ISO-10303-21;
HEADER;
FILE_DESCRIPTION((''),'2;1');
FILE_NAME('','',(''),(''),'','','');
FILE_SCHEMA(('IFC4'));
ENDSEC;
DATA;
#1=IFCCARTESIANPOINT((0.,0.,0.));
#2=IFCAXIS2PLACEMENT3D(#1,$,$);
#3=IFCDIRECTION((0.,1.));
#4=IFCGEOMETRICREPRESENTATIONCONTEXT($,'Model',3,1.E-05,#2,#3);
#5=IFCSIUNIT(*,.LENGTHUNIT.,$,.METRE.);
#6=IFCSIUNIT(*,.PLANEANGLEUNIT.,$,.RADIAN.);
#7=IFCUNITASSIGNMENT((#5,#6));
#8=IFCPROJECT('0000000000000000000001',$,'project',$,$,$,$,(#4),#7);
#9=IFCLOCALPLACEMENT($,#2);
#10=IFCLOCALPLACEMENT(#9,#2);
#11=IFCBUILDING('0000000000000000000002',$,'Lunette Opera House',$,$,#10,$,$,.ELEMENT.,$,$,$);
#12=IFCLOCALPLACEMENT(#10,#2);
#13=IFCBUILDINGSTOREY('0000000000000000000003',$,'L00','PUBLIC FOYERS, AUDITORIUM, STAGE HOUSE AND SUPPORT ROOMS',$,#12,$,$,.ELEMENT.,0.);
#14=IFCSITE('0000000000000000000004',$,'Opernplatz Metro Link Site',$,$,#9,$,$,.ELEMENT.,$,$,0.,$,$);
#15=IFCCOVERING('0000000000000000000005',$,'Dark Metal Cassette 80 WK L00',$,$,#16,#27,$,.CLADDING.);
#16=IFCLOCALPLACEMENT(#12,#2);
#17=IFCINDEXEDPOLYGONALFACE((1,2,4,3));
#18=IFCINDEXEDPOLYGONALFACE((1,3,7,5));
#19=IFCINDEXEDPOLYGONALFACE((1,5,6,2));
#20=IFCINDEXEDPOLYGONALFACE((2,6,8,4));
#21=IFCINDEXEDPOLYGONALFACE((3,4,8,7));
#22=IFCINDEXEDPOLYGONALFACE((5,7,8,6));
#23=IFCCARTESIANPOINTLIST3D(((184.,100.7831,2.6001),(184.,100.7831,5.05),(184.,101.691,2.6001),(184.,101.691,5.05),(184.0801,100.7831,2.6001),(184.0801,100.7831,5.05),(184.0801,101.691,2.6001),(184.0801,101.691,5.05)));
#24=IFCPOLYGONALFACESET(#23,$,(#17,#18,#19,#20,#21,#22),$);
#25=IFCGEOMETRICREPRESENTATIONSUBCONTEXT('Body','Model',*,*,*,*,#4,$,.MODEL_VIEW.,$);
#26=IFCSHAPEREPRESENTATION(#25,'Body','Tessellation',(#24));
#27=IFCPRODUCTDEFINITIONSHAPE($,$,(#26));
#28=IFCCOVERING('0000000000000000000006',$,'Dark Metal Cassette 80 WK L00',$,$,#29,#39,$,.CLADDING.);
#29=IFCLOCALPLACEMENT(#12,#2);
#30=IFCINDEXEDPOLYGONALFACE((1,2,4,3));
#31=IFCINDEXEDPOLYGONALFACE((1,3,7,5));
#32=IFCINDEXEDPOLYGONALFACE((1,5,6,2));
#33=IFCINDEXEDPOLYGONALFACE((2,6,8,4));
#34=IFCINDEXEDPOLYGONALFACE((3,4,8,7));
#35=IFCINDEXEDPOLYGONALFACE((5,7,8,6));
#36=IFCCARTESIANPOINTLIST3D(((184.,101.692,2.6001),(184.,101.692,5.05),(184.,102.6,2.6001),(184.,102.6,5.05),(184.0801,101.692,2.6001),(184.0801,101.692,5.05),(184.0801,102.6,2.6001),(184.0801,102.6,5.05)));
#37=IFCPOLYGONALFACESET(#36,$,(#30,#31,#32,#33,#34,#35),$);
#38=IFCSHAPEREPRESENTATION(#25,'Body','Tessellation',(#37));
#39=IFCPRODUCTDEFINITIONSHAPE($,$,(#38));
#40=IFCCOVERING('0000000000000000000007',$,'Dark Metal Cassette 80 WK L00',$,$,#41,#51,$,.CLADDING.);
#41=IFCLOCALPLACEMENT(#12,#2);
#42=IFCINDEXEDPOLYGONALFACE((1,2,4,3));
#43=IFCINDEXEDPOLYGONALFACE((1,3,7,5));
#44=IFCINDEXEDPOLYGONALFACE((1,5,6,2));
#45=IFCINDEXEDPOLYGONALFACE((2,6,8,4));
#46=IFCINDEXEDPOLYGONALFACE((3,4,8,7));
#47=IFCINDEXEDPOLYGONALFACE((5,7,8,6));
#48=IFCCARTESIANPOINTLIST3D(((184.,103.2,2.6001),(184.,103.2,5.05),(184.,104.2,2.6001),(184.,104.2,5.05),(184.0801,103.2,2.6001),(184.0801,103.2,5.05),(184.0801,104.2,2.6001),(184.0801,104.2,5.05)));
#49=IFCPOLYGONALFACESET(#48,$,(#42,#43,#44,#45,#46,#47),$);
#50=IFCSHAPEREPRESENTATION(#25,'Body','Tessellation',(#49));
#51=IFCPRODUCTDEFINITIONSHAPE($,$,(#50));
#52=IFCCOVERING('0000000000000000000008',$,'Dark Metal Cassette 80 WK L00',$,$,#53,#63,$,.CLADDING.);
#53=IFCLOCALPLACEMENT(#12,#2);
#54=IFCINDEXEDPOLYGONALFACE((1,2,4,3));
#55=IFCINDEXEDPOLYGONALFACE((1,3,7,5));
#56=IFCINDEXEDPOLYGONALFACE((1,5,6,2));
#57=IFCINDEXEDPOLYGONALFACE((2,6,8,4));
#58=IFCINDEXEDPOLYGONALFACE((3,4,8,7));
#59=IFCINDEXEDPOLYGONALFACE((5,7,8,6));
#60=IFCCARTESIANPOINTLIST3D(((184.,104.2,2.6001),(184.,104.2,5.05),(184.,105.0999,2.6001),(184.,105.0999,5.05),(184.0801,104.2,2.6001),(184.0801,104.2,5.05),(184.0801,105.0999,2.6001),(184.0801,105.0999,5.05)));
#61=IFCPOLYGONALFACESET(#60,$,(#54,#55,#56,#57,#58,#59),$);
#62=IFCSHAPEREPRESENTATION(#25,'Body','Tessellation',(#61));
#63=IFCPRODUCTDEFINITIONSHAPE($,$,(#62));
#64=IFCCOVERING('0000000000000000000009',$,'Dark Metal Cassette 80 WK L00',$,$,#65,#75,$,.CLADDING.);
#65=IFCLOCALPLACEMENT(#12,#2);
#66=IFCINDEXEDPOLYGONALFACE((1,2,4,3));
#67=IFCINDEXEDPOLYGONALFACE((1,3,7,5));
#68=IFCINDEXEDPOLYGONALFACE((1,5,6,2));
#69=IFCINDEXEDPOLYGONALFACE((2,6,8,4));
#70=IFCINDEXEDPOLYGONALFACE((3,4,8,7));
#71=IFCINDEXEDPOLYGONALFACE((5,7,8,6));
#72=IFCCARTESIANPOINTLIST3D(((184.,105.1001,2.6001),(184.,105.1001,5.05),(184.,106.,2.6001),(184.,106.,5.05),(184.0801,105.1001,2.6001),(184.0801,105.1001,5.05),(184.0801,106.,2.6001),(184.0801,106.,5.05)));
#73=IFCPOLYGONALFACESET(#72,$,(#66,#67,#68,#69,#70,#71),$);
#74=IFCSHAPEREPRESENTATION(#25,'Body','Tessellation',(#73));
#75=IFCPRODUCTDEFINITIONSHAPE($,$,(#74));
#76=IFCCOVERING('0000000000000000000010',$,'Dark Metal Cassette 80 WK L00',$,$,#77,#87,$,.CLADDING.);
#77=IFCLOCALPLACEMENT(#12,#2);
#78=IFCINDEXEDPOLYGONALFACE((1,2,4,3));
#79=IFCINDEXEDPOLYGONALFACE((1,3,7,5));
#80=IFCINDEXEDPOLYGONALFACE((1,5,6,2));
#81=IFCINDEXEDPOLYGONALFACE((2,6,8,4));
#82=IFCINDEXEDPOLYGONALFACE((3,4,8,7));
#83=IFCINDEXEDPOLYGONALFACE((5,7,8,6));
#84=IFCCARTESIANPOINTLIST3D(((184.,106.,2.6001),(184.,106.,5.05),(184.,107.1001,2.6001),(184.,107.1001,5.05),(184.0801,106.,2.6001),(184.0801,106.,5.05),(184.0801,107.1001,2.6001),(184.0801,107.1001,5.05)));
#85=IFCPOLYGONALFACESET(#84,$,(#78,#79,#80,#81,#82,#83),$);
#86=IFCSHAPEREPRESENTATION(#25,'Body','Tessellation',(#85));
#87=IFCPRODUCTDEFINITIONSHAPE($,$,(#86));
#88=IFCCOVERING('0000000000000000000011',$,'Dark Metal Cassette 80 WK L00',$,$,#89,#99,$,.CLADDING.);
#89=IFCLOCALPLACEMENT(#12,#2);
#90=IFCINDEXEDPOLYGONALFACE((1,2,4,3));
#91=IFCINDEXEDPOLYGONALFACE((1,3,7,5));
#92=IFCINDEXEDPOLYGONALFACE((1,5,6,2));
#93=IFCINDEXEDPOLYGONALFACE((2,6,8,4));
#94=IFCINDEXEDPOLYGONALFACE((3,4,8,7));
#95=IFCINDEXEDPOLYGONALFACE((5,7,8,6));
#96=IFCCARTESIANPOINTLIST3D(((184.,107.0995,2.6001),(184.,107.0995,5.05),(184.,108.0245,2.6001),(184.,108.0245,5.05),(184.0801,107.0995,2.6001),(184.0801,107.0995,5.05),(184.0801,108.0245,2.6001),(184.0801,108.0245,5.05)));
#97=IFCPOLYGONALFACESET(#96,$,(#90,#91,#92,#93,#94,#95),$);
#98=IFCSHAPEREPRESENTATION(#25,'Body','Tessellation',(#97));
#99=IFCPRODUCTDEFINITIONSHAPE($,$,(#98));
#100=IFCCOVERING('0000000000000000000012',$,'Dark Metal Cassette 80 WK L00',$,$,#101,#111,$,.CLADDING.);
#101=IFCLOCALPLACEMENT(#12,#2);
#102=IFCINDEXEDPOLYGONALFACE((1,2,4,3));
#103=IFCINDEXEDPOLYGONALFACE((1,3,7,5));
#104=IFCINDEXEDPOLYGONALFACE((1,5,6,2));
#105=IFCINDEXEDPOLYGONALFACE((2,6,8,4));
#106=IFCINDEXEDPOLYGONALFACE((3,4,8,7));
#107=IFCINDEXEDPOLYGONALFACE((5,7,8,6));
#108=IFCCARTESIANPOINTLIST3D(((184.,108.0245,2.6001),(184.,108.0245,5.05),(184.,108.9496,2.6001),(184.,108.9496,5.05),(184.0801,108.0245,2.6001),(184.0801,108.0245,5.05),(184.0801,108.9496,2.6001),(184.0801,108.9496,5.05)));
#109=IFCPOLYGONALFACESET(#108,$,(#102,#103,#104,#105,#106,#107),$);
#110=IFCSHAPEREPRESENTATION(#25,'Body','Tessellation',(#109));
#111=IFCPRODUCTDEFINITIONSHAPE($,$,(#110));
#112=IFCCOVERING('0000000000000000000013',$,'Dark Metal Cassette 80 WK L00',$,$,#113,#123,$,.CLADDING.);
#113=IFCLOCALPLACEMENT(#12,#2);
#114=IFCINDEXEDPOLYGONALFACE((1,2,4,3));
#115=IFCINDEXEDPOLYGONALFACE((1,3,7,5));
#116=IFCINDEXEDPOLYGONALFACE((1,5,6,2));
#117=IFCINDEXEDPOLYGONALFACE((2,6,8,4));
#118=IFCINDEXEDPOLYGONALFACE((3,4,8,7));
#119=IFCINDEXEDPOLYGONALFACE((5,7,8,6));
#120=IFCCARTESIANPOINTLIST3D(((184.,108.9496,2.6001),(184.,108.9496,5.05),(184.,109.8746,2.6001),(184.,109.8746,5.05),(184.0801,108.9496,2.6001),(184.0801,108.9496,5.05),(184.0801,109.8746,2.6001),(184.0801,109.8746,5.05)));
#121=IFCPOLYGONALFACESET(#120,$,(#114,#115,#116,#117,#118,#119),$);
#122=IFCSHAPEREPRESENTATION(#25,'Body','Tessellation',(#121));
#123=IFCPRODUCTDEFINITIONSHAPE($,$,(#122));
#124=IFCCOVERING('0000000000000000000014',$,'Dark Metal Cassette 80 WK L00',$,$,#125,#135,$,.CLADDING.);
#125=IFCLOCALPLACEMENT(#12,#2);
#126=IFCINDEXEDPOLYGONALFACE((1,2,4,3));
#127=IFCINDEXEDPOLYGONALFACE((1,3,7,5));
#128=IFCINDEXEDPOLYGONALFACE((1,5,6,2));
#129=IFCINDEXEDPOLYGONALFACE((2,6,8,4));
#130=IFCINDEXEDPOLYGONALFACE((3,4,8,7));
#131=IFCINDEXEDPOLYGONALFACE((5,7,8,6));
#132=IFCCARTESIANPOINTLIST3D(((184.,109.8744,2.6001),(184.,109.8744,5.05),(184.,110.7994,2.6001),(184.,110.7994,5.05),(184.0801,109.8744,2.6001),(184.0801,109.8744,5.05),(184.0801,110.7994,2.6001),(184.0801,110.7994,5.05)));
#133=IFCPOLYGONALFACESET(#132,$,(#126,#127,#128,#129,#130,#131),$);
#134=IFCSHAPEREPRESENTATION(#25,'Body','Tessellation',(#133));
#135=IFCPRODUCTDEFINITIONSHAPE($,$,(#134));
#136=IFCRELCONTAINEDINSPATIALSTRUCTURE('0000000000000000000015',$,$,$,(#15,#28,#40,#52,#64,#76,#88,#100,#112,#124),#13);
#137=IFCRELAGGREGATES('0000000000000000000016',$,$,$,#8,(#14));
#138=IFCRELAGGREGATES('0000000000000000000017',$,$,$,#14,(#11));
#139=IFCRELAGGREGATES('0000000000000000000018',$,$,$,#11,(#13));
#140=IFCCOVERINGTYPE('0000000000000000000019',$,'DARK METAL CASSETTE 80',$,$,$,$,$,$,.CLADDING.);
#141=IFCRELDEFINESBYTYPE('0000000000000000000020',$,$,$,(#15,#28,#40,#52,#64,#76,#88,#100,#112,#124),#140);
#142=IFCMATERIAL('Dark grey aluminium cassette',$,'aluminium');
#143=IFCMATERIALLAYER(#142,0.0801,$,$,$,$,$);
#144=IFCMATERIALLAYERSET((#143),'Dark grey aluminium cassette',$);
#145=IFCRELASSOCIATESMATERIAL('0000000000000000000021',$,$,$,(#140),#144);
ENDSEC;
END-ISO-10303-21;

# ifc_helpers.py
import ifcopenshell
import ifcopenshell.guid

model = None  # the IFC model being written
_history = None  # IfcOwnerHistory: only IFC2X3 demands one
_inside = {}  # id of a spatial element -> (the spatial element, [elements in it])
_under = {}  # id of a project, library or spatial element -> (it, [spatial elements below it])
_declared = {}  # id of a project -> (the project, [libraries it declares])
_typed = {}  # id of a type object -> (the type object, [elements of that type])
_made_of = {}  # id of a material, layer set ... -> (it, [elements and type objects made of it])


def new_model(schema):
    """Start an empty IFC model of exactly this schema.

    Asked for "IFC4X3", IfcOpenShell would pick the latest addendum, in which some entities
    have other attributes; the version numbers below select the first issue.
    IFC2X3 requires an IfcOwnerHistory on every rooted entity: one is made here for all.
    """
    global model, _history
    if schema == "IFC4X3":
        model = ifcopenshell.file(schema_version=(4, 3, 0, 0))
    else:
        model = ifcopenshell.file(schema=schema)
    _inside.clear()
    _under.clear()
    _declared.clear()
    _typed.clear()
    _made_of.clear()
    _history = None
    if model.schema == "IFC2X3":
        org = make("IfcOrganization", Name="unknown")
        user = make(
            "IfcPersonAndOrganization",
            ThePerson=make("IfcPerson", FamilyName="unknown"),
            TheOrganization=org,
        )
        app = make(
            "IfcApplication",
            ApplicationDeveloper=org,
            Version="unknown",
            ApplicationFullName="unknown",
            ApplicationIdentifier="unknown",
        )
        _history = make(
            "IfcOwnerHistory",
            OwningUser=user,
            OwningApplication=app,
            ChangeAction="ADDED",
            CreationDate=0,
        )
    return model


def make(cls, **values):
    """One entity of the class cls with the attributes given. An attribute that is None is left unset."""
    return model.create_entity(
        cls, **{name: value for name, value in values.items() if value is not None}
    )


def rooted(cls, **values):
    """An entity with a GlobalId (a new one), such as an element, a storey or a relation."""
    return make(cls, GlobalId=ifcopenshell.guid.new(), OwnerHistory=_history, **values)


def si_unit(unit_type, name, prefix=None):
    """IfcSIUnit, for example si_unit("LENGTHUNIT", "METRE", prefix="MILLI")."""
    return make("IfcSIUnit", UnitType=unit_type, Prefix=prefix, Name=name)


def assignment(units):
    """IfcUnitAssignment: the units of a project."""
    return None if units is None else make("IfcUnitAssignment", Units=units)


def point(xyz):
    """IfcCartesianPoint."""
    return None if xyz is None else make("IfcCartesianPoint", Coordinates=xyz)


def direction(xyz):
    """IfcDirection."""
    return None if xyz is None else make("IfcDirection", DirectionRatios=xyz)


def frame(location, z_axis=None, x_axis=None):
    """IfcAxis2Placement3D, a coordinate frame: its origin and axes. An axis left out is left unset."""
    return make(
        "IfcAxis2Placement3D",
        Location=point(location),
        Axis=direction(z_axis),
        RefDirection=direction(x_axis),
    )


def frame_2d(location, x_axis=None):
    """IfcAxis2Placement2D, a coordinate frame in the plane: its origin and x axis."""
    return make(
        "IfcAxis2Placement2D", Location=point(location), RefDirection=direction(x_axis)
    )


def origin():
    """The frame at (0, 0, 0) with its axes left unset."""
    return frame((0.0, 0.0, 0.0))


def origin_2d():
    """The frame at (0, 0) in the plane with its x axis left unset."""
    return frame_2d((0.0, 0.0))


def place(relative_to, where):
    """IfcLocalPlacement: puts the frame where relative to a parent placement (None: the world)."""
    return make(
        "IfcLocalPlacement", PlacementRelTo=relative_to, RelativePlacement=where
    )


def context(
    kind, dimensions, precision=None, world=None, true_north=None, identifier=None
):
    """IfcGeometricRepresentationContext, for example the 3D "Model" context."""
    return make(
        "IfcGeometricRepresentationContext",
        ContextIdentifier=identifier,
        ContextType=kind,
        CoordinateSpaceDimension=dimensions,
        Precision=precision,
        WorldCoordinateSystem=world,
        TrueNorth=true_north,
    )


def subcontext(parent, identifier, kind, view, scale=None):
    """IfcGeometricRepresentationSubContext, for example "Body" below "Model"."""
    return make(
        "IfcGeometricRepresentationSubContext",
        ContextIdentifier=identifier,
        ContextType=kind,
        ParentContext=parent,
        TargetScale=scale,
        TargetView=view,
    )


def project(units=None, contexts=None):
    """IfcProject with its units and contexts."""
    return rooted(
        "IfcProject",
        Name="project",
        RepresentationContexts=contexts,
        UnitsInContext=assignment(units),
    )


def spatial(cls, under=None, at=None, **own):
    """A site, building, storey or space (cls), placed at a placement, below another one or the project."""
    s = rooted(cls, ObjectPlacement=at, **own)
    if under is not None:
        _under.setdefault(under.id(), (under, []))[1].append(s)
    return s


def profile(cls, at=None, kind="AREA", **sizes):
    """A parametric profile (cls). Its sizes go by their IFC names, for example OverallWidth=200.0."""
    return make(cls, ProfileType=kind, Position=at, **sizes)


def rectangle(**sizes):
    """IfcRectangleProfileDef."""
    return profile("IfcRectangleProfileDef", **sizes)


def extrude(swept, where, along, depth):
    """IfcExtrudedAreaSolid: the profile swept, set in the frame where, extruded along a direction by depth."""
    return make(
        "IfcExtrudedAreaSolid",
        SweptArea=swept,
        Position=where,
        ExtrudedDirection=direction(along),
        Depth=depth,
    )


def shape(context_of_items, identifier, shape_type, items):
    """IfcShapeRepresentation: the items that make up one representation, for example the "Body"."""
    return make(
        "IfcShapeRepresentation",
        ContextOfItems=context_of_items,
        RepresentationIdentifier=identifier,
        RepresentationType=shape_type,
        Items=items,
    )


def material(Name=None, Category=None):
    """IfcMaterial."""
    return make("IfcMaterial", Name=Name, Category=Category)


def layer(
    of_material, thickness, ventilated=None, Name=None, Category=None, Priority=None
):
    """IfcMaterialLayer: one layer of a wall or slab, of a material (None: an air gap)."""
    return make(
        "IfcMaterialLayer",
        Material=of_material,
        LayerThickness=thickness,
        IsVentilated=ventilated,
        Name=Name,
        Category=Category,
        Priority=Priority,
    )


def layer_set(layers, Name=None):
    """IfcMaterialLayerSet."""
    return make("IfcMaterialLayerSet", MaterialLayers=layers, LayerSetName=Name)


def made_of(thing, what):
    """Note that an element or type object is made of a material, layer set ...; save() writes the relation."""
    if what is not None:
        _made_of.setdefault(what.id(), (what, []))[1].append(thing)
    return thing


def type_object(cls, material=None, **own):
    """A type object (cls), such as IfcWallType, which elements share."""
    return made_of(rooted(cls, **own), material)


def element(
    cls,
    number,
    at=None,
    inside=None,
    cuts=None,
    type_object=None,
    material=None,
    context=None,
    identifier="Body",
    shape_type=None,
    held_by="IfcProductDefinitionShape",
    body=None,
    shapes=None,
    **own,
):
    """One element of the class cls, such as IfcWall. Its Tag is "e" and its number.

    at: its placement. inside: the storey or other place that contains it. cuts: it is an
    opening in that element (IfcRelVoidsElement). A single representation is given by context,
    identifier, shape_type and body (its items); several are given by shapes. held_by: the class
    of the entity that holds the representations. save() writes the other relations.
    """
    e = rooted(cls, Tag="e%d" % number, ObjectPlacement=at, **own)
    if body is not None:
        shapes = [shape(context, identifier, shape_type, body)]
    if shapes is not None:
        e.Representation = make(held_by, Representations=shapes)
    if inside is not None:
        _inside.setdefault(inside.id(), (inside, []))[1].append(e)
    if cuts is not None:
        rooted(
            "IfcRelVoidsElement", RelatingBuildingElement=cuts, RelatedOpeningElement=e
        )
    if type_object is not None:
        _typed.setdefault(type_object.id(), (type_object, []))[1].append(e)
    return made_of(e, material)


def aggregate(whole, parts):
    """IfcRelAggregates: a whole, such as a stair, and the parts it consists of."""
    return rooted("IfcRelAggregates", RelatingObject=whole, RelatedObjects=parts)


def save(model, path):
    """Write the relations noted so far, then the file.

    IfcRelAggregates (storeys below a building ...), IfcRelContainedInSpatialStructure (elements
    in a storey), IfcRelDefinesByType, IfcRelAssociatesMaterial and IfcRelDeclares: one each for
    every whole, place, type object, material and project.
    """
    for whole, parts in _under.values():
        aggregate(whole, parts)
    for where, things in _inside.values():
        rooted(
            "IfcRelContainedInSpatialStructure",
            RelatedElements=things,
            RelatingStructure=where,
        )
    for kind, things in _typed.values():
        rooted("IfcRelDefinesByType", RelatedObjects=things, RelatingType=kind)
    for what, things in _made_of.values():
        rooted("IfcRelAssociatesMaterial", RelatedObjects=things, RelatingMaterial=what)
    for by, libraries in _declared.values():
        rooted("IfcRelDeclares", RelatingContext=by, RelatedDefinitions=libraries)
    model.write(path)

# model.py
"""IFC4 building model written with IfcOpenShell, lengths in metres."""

from ifc_helpers import new_model, si_unit, direction, frame, origin, origin_2d, place, context, subcontext, project, spatial, rectangle, extrude, material, layer, layer_set, type_object, element, save


model = new_model("IFC4")

# Units and contexts
model_context = context("Model", 3, precision=1e-05, world=origin(), true_north=direction((0.0, 1.0)))
body_context = subcontext(model_context, "Body", "Model", "MODEL_VIEW")
ifc_project = project(units=[si_unit("LENGTHUNIT", "METRE"), si_unit("PLANEANGLEUNIT", "RADIAN")], contexts=[model_context])

# Site, building, storey
site_placement = place(None, origin())
site = spatial("IfcSite", under=ifc_project, at=site_placement, Name="Opernplatz Metro Link Site", CompositionType="ELEMENT", RefElevation=0.0)
building_placement = place(site_placement, origin())
building = spatial("IfcBuilding", under=site, at=building_placement, Name="Lunette Opera House", CompositionType="ELEMENT")
storey_placement = place(building_placement, origin())
storey = spatial("IfcBuildingStorey", under=building, at=storey_placement, Name="L00", Description="PUBLIC FOYERS, AUDITORIUM, STAGE HOUSE AND SUPPORT ROOMS", CompositionType="ELEMENT", Elevation=0.0)

# Coverings
ifc_material_1 = material(Name="Dark grey aluminium cassette", Category="aluminium")
ifc_layer_1 = layer(ifc_material_1, 0.0801)
ifc_layer_set_1 = layer_set([ifc_layer_1], Name="Dark grey aluminium cassette")
covering_type_1 = type_object("IfcCoveringType", Name="DARK METAL CASSETTE 80", PredefinedType="CLADDING", material=ifc_layer_set_1)
for number, where, z_axis, x_axis, name in (
    (1, (184.04, 101.2371, 2.6001), (0.0, 0.0, 1.0), (0.0, 1.0, 0.0), "Dark Metal Cassette 80 WK L00"),
    (2, (184.04, 102.146, 2.6001), (0.0, 0.0, 1.0), (0.0, 1.0, 0.0), "Dark Metal Cassette 80 WK L00"),
):
    element("IfcCovering", number, at=place(storey_placement, frame(where, z_axis=z_axis, x_axis=x_axis)), inside=storey, type_object=covering_type_1, Name=name, PredefinedType="CLADDING", context=body_context, shape_type="SweptSolid", body=[
        extrude(rectangle(XDim=0.908, YDim=0.0801, at=origin_2d()), origin(), (0.0, 0.0, 1.0), 2.45),
    ])
covering_1_placement = place(storey_placement, frame((184.04, 103.7, 2.6001), z_axis=(0.0, 0.0, 1.0), x_axis=(0.0, 1.0, 0.0)))
element("IfcCovering", 3, at=covering_1_placement, inside=storey, type_object=covering_type_1, Name="Dark Metal Cassette 80 WK L00", PredefinedType="CLADDING", context=body_context, shape_type="SweptSolid", body=[
    extrude(rectangle(XDim=1.0, YDim=0.0801, at=origin_2d()), origin(), (0.0, 0.0, 1.0), 2.45),
])
for number, where, z_axis, x_axis, name in (
    (4, (184.04, 104.6499, 2.6001), (0.0, 0.0, 1.0), (0.0, 1.0, 0.0), "Dark Metal Cassette 80 WK L00"),
    (5, (184.04, 105.55, 2.6001), (0.0, 0.0, 1.0), (0.0, 1.0, 0.0), "Dark Metal Cassette 80 WK L00"),
):
    element("IfcCovering", number, at=place(storey_placement, frame(where, z_axis=z_axis, x_axis=x_axis)), inside=storey, type_object=covering_type_1, Name=name, PredefinedType="CLADDING", context=body_context, shape_type="SweptSolid", body=[
        extrude(rectangle(XDim=0.8999, YDim=0.0801, at=origin_2d()), origin(), (0.0, 0.0, 1.0), 2.45),
    ])
covering_2_placement = place(storey_placement, frame((184.04, 106.55, 2.6001), z_axis=(0.0, 0.0, 1.0), x_axis=(0.0, 1.0, 0.0)))
element("IfcCovering", 6, at=covering_2_placement, inside=storey, type_object=covering_type_1, Name="Dark Metal Cassette 80 WK L00", PredefinedType="CLADDING", context=body_context, shape_type="SweptSolid", body=[
    extrude(rectangle(XDim=1.1001, YDim=0.0801, at=origin_2d()), origin(), (0.0, 0.0, 1.0), 2.45),
])
for number, where, z_axis, x_axis, name in (
    (7, (184.04, 107.562, 2.6001), (0.0, 0.0, 1.0), (0.0, 1.0, 0.0), "Dark Metal Cassette 80 WK L00"),
    (8, (184.04, 108.4871, 2.6001), (0.0, 0.0, 1.0), (0.0, 1.0, 0.0), "Dark Metal Cassette 80 WK L00"),
    (9, (184.04, 109.4121, 2.6001), (0.0, 0.0, 1.0), (0.0, 1.0, 0.0), "Dark Metal Cassette 80 WK L00"),
    (10, (184.04, 110.3369, 2.6001), (0.0, 0.0, 1.0), (0.0, 1.0, 0.0), "Dark Metal Cassette 80 WK L00"),
):
    element("IfcCovering", number, at=place(storey_placement, frame(where, z_axis=z_axis, x_axis=x_axis)), inside=storey, type_object=covering_type_1, Name=name, PredefinedType="CLADDING", context=body_context, shape_type="SweptSolid", body=[
        extrude(rectangle(XDim=0.925, YDim=0.0801, at=origin_2d()), origin(), (0.0, 0.0, 1.0), 2.45),
    ])

save(model, "model.ifc")
